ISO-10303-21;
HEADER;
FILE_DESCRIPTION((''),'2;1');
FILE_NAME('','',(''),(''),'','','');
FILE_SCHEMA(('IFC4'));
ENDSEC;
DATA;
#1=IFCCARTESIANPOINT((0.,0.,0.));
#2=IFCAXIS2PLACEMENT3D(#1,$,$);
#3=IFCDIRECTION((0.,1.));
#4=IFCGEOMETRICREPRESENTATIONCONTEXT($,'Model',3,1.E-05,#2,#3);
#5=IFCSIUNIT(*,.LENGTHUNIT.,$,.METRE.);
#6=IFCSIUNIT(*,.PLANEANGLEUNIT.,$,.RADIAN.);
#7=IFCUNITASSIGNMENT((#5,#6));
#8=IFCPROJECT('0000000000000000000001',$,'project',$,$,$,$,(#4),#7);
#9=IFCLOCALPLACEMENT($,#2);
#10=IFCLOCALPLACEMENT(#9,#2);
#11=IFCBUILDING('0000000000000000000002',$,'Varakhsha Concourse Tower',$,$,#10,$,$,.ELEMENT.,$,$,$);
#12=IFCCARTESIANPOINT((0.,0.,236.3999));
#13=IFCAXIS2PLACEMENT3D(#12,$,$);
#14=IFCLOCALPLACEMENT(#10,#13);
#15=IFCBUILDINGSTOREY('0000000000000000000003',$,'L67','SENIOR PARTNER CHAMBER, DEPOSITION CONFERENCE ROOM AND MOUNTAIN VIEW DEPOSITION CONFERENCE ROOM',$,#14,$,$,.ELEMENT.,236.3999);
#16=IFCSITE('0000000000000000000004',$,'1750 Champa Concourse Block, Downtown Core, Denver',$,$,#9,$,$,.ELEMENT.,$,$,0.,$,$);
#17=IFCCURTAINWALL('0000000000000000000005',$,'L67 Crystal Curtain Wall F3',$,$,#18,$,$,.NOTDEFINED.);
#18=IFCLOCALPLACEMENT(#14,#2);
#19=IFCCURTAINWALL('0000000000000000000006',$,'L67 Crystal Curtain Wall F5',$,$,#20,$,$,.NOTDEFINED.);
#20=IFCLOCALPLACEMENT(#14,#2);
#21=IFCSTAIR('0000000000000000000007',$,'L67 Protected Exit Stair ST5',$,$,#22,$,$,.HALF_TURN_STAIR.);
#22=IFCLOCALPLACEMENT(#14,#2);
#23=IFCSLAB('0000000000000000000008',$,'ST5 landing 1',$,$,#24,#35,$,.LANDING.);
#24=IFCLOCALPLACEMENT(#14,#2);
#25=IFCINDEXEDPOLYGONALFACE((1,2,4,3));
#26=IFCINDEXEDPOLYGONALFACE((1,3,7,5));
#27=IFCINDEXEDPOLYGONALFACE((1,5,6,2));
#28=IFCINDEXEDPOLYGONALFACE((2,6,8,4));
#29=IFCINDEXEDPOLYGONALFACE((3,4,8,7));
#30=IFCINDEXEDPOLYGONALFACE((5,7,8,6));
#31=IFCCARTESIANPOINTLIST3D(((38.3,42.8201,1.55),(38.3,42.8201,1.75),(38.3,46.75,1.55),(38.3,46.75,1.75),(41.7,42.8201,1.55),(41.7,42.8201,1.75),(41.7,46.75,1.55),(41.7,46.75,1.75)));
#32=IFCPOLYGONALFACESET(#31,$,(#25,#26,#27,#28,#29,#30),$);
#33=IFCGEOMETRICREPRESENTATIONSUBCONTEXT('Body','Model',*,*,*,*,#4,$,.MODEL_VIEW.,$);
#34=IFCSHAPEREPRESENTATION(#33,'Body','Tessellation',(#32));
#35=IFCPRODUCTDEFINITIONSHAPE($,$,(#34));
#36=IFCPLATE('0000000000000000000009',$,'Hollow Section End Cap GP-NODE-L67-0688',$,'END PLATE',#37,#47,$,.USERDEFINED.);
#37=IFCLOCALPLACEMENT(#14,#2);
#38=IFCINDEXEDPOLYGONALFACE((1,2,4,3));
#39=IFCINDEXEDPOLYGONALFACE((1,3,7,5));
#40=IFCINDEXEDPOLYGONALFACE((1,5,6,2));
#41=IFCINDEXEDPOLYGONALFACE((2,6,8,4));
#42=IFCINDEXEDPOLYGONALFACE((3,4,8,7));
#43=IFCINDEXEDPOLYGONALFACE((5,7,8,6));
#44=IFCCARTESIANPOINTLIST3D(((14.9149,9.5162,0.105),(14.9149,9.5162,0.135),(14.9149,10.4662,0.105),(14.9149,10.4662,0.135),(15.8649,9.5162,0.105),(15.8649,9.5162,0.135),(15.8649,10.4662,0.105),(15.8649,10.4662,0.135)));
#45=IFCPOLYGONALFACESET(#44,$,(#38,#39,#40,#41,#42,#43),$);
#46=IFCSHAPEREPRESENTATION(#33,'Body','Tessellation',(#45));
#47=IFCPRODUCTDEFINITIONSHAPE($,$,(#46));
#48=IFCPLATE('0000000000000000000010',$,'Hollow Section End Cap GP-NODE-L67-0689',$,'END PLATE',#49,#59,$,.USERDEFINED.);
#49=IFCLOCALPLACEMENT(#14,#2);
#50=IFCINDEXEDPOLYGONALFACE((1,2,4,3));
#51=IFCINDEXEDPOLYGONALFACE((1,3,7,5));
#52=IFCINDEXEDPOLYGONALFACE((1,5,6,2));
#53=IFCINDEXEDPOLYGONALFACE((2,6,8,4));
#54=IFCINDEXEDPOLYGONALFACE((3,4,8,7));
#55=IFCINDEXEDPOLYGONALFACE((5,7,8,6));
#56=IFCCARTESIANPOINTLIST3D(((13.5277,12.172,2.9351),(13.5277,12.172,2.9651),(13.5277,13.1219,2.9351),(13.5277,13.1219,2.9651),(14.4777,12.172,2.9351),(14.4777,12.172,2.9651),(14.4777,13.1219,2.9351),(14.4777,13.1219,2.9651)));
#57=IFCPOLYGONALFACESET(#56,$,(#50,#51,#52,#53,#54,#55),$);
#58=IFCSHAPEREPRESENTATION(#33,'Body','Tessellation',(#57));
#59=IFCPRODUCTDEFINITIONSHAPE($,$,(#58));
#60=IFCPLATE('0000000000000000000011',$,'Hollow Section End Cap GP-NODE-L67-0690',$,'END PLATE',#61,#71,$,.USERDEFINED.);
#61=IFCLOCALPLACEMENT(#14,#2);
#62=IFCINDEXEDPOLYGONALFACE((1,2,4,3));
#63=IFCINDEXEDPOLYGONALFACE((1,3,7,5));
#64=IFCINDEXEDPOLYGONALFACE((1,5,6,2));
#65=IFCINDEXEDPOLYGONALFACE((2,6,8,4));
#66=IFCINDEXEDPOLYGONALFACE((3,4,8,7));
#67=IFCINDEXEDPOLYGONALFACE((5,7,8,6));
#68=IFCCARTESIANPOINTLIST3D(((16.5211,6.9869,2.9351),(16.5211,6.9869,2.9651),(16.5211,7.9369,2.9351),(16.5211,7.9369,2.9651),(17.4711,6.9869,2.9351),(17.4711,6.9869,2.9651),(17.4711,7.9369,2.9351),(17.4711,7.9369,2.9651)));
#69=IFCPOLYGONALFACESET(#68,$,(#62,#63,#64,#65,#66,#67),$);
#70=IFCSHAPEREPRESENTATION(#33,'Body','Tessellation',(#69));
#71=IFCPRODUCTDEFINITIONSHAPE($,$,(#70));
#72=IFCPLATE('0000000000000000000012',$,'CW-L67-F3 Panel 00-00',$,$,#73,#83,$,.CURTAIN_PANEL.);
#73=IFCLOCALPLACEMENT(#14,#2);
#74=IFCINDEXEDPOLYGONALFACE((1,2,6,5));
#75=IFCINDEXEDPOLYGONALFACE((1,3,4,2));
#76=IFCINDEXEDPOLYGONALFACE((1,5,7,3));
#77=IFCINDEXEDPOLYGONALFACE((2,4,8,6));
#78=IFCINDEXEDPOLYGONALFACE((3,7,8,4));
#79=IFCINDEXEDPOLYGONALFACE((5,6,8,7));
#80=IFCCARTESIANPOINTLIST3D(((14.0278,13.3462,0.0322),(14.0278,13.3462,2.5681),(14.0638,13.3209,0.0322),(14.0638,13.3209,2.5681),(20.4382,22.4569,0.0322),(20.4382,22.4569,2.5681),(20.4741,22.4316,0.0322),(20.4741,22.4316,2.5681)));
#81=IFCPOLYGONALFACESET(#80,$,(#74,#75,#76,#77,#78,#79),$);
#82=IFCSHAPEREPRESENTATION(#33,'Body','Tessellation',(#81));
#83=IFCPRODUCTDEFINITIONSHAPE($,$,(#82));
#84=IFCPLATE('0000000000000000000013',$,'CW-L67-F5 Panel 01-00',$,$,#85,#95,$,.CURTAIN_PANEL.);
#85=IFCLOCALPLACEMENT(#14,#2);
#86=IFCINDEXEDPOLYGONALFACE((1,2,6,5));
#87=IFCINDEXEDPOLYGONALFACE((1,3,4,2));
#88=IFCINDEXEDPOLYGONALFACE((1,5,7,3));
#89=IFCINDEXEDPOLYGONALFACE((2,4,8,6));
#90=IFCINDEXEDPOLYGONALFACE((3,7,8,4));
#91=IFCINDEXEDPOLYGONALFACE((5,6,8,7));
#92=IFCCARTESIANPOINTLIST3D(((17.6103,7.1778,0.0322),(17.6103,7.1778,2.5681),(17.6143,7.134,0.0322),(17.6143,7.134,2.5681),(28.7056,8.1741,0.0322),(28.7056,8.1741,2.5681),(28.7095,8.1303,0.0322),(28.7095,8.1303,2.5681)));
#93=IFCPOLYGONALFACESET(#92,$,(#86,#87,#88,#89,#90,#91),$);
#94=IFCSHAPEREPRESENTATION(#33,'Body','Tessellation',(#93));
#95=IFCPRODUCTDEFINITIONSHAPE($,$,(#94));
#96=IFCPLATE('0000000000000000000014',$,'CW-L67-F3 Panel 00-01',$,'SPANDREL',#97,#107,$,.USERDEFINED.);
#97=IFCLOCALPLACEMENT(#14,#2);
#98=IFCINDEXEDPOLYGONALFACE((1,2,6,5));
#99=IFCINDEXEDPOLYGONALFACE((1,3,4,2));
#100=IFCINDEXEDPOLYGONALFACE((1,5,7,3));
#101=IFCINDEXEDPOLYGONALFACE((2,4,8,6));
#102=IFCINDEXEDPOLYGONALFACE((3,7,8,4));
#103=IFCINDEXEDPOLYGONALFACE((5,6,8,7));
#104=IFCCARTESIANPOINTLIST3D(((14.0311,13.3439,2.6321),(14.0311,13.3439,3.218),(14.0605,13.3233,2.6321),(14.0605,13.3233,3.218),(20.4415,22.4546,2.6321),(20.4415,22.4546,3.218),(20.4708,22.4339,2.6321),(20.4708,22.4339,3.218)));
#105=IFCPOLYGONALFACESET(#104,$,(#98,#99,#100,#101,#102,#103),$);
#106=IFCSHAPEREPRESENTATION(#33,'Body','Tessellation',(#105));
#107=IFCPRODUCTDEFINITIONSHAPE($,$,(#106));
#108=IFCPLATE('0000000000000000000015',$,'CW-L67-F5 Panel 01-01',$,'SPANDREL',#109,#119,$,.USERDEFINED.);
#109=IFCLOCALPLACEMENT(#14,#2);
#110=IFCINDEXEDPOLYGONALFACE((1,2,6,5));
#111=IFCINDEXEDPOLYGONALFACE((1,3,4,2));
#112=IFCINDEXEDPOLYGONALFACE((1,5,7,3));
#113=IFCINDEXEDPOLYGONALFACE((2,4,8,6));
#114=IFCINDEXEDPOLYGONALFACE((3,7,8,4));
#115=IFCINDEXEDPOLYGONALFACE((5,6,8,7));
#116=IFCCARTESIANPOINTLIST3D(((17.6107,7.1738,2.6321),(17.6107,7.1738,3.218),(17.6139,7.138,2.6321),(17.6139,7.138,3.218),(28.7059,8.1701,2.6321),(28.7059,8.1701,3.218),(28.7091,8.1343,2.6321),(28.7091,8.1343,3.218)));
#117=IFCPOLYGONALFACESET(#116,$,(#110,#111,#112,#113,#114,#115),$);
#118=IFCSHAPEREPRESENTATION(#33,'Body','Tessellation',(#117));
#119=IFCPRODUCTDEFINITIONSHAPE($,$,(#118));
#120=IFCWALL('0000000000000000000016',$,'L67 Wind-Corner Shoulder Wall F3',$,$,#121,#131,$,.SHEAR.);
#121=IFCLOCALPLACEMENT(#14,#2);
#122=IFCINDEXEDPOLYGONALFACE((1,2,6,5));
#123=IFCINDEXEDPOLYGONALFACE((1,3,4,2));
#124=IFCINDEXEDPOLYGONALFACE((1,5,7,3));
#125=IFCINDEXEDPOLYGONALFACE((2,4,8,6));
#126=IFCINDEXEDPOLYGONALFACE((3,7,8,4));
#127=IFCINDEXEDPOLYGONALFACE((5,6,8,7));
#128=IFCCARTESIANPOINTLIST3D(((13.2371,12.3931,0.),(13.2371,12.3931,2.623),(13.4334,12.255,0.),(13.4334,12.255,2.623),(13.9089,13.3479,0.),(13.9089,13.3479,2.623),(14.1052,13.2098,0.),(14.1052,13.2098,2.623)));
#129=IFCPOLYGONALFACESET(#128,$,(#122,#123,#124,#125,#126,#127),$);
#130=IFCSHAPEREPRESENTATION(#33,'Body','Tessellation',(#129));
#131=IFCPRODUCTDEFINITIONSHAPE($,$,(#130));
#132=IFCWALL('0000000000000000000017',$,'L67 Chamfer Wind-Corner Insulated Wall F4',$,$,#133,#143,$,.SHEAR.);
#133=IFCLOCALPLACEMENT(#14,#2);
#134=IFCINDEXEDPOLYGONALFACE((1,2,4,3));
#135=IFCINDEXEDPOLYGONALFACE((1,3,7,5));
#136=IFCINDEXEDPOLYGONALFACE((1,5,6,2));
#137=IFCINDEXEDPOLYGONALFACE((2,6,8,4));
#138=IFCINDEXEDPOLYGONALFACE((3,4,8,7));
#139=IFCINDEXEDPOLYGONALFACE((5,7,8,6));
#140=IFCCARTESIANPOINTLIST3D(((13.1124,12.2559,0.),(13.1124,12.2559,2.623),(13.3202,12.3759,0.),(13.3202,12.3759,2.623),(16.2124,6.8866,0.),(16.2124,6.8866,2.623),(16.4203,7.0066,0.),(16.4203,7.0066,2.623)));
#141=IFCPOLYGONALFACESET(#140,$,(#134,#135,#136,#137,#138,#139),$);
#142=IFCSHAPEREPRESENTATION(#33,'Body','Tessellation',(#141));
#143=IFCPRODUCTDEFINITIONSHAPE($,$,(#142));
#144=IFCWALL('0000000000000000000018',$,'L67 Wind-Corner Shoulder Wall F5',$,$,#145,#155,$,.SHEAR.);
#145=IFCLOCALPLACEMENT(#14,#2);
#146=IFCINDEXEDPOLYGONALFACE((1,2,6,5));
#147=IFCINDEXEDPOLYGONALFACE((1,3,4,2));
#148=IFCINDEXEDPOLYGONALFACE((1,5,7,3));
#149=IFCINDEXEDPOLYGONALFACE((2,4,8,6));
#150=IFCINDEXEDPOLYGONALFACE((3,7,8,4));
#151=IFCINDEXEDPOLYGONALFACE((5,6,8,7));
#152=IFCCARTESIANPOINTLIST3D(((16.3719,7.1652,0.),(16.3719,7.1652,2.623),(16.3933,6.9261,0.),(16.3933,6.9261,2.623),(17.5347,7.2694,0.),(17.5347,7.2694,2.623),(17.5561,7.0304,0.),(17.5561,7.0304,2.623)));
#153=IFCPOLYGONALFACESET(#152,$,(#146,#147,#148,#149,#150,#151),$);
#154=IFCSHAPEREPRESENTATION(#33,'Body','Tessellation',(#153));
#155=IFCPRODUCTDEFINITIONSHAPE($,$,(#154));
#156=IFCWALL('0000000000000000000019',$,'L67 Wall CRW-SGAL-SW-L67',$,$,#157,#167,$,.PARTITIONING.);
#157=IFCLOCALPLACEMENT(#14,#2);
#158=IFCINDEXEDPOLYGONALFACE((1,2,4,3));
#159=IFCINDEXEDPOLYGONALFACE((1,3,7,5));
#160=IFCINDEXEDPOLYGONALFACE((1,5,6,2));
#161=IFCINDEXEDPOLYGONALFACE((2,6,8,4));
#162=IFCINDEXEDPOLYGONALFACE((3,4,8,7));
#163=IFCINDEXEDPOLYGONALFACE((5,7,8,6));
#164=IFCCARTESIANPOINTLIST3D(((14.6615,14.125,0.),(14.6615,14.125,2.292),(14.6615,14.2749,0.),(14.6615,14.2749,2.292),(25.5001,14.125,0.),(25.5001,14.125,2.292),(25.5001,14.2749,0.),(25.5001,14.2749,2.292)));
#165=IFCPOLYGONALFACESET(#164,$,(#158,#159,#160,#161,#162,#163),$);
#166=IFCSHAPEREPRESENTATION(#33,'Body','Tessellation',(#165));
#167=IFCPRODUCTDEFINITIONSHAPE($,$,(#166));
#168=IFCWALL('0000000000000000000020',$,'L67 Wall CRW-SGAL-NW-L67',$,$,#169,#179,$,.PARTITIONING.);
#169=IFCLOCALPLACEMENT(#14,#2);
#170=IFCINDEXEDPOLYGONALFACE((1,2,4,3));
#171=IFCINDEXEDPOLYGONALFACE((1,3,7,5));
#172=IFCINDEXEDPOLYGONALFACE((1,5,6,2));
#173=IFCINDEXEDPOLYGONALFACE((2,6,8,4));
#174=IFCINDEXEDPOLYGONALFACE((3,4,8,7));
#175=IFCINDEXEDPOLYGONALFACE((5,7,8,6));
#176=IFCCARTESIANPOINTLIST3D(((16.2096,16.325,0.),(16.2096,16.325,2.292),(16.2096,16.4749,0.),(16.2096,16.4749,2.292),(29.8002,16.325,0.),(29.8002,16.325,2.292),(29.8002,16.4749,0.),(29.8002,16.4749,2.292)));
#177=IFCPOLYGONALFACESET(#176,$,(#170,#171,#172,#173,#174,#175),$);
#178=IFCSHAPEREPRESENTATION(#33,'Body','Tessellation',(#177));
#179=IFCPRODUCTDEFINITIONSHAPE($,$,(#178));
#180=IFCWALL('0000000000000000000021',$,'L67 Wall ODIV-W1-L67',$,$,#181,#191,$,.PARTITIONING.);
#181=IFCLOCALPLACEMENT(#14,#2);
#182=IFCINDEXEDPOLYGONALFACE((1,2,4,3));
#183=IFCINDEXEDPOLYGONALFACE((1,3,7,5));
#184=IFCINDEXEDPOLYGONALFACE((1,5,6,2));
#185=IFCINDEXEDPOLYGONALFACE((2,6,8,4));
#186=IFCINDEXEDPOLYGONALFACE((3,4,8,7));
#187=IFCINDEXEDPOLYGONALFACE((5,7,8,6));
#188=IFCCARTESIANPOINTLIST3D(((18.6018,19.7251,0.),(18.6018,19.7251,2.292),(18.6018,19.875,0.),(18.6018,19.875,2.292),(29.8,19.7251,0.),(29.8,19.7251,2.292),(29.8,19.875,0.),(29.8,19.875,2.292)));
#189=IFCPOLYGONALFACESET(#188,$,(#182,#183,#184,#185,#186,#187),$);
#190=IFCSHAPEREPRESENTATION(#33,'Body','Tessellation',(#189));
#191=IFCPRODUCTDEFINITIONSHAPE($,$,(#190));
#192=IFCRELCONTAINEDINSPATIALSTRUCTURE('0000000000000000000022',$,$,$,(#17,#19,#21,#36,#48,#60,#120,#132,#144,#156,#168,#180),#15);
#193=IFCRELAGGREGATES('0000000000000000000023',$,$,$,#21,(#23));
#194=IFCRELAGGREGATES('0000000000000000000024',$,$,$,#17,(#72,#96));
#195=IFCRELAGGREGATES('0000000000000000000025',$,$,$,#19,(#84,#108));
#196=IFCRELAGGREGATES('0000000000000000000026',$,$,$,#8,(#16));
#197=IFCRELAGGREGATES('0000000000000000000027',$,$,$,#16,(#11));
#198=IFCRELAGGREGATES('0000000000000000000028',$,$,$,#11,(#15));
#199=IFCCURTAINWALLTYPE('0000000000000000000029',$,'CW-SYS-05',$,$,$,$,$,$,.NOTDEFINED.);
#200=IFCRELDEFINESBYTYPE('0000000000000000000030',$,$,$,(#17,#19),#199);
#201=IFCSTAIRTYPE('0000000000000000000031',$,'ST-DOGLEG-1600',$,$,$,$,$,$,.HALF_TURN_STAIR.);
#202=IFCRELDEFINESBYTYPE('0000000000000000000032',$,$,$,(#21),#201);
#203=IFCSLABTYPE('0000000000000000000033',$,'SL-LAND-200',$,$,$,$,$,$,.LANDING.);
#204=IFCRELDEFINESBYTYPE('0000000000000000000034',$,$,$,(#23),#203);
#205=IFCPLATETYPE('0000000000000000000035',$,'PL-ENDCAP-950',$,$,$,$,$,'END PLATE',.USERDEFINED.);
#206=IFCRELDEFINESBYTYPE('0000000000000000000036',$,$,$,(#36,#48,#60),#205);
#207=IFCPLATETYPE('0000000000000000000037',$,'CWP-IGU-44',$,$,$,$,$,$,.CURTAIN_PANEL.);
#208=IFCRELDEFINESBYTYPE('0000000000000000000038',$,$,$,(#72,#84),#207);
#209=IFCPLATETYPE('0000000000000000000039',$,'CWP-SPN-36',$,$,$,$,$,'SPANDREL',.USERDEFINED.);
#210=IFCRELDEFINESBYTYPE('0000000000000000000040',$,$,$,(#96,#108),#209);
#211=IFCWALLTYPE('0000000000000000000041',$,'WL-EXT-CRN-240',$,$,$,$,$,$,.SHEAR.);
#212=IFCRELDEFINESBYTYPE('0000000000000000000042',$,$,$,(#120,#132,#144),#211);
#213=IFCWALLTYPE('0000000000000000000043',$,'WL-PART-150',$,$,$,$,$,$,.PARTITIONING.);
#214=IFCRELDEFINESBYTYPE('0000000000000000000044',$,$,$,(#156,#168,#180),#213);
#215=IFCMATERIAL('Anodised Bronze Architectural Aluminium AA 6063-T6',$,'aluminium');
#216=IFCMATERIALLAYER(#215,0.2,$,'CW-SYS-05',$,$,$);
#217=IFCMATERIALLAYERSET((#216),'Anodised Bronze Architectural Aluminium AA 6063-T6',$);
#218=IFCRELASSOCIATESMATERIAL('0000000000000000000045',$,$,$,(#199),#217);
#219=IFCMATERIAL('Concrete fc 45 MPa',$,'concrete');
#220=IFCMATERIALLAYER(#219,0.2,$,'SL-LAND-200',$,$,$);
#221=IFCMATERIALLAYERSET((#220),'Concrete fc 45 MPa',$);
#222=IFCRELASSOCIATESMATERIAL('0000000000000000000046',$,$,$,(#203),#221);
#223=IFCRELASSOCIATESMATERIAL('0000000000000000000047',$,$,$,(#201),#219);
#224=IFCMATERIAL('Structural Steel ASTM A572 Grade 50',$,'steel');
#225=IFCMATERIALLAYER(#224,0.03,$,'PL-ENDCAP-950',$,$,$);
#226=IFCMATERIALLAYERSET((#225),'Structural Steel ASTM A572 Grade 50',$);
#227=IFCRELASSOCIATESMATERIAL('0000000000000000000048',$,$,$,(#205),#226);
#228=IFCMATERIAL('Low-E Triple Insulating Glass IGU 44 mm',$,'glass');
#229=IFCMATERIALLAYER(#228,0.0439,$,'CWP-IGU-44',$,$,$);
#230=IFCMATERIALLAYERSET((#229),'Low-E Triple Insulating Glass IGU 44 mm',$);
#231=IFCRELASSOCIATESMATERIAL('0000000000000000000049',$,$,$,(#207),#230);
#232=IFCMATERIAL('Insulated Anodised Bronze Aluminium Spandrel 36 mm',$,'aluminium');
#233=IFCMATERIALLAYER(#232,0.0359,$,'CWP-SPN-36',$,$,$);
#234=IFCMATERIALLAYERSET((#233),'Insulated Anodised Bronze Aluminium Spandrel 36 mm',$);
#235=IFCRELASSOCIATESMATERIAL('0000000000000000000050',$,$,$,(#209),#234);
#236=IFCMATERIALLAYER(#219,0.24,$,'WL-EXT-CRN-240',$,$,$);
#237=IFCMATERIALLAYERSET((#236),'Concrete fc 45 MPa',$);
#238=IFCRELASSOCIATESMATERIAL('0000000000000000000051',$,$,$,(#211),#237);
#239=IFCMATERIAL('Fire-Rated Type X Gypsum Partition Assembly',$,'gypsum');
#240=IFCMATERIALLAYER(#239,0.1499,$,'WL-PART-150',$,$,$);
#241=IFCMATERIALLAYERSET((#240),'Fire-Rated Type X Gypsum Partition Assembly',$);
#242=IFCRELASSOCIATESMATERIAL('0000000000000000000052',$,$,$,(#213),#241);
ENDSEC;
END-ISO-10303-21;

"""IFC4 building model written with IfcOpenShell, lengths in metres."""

from ifc_helpers import new_model, si_unit, direction, frame, frame_2d, origin, origin_2d, place, context, subcontext, project, spatial, polyline, rectangle, outline, extrude, source, transform, mapped, material, layer, layer_set, type_object, type_shapes, element, aggregate, save


model = new_model("IFC4")

# Units and contexts
model_context = context("Model", 3, precision=1e-05, world=origin(), true_north=direction((0.0, 1.0)))
body_context = subcontext(model_context, "Body", "Model", "MODEL_VIEW")
ifc_project = project(units=[si_unit("LENGTHUNIT", "METRE"), si_unit("PLANEANGLEUNIT", "RADIAN")], contexts=[model_context])

# Site, building, storey
site_placement = place(None, origin())
site = spatial("IfcSite", under=ifc_project, at=site_placement, Name="1750 Champa Concourse Block, Downtown Core, Denver", CompositionType="ELEMENT", RefElevation=0.0)
building_placement = place(site_placement, origin())
building = spatial("IfcBuilding", under=site, at=building_placement, Name="Varakhsha Concourse Tower", CompositionType="ELEMENT")
storey_placement = place(building_placement, frame((0.0, 0.0, 236.3999)))
storey = spatial("IfcBuildingStorey", under=building, at=storey_placement, Name="L67", Description="SENIOR PARTNER CHAMBER, DEPOSITION CONFERENCE ROOM AND MOUNTAIN VIEW DEPOSITION CONFERENCE ROOM", CompositionType="ELEMENT", Elevation=236.3999)

# Shared definitions
ifc_material_1 = material(Name="Structural Steel ASTM A572 Grade 50", Category="steel")

# Curtain walls
ifc_material_2 = material(Name="Anodised Bronze Architectural Aluminium AA 6063-T6", Category="aluminium")
ifc_layer_1 = layer(ifc_material_2, 0.2, Name="CW-SYS-05")
ifc_layer_set_1 = layer_set([ifc_layer_1], Name="Anodised Bronze Architectural Aluminium AA 6063-T6")
curtain_wall_type = type_object("IfcCurtainWallType", Name="CW-SYS-05", PredefinedType="NOTDEFINED", material=ifc_layer_set_1)
curtain_wall_1_placement = place(storey_placement, origin())
curtain_wall_1 = element("IfcCurtainWall", 1, at=curtain_wall_1_placement, inside=storey, type_object=curtain_wall_type, Name="L67 Crystal Curtain Wall F3", PredefinedType="NOTDEFINED")
curtain_wall_2_placement = place(storey_placement, origin())
curtain_wall_2 = element("IfcCurtainWall", 2, at=curtain_wall_2_placement, inside=storey, type_object=curtain_wall_type, Name="L67 Crystal Curtain Wall F5", PredefinedType="NOTDEFINED")

# Shared definitions
ifc_material_3 = material(Name="Concrete fc 45 MPa", Category="concrete")

# Stair, slab
ifc_layer_2 = layer(ifc_material_3, 0.2, Name="SL-LAND-200")
ifc_layer_set_2 = layer_set([ifc_layer_2], Name="Concrete fc 45 MPa")
slab_type_1 = type_object("IfcSlabType", Name="SL-LAND-200", PredefinedType="LANDING", material=ifc_layer_set_2)
stair_type_1 = type_object("IfcStairType", Name="ST-DOGLEG-1600", PredefinedType="HALF_TURN_STAIR", material=ifc_material_3)
stair_1_placement = place(storey_placement, origin())
stair_1 = element("IfcStair", 3, at=stair_1_placement, inside=storey, type_object=stair_type_1, Name="L67 Protected Exit Stair ST5", PredefinedType="HALF_TURN_STAIR")
slab_1_placement = place(storey_placement, frame((0.0, 0.0, 1.55)))
slab_1 = element("IfcSlab", 4, at=slab_1_placement, type_object=slab_type_1, Name="ST5 landing 1", PredefinedType="LANDING", context=body_context, shape_type="SweptSolid", body=[
    extrude(outline(polyline([(41.7, 42.8201), (41.7, 46.75), (38.3, 46.75), (38.3, 42.8201), (41.7, 42.8201)])), origin(), (0.0, 0.0, 1.0), 0.2),
])
aggregate(stair_1, [slab_1])

# Plates
ifc_layer_3 = layer(ifc_material_1, 0.03, Name="PL-ENDCAP-950")
ifc_layer_set_3 = layer_set([ifc_layer_3], Name="Structural Steel ASTM A572 Grade 50")
plate_type_1 = type_object("IfcPlateType", Name="PL-ENDCAP-950", ElementType="END PLATE", PredefinedType="USERDEFINED", material=ifc_layer_set_3)
shared_shape_1 = source(origin(), body_context, "Body", "SweptSolid", [
    extrude(rectangle(XDim=0.95, YDim=0.95, at=origin_2d()), origin(), (0.0, 0.0, 1.0), 0.03),
])
type_shapes(plate_type_1, [shared_shape_1])
for number, where, z_axis, x_axis, name in (
    (5, (15.3899, 9.9912, 0.105), (0.0, 0.0, 1.0), (1.0, 0.0, 0.0), "Hollow Section End Cap GP-NODE-L67-0688"),
    (6, (14.0027, 12.647, 2.9351), (0.0, 0.0, 1.0), (1.0, 0.0, 0.0), "Hollow Section End Cap GP-NODE-L67-0689"),
    (7, (16.9961, 7.4619, 2.9351), (0.0, 0.0, 1.0), (1.0, 0.0, 0.0), "Hollow Section End Cap GP-NODE-L67-0690"),
):
    element("IfcPlate", number, at=place(storey_placement, frame(where, z_axis=z_axis, x_axis=x_axis)), inside=storey, type_object=plate_type_1, Name=name, ObjectType="END PLATE", PredefinedType="USERDEFINED", context=body_context, shape_type="MappedRepresentation", body=[
        mapped(shared_shape_1, transform((0.0, 0.0, 0.0), scale=1.0)),
    ])

# Plates
ifc_material_4 = material(Name="Low-E Triple Insulating Glass IGU 44 mm", Category="glass")
ifc_layer_4 = layer(ifc_material_4, 0.0439, Name="CWP-IGU-44")
ifc_layer_set_4 = layer_set([ifc_layer_4], Name="Low-E Triple Insulating Glass IGU 44 mm")
plate_type_2 = type_object("IfcPlateType", Name="CWP-IGU-44", PredefinedType="CURTAIN_PANEL", material=ifc_layer_set_4)
shared_shape_2 = source(origin(), body_context, "Body", "SweptSolid", [
    extrude(rectangle(XDim=11.1399, YDim=0.0439, at=origin_2d()), origin(), (0.0, 0.0, 1.0), 2.5359),
])
type_shapes(plate_type_2, [shared_shape_2])
plate_1_placement = place(storey_placement, frame((17.251, 17.8889, 0.0322), z_axis=(0.0, 0.0, 1.0), x_axis=(0.575444, 0.817842, 0.0)))
plate_1 = element("IfcPlate", 8, at=plate_1_placement, type_object=plate_type_2, Name="CW-L67-F3 Panel 00-00", PredefinedType="CURTAIN_PANEL", context=body_context, shape_type="MappedRepresentation", body=[
    mapped(shared_shape_2, transform((0.0, 0.0, 0.0), scale=1.0)),
])
plate_2_placement = place(storey_placement, frame((23.1599, 7.6541, 0.0322), z_axis=(0.0, 0.0, 1.0), x_axis=(-0.995993, -0.089433, 0.0)))
plate_2 = element("IfcPlate", 9, at=plate_2_placement, type_object=plate_type_2, Name="CW-L67-F5 Panel 01-00", PredefinedType="CURTAIN_PANEL", context=body_context, shape_type="MappedRepresentation", body=[
    mapped(shared_shape_2, transform((0.0, 0.0, 0.0), scale=1.0)),
])
ifc_material_5 = material(Name="Insulated Anodised Bronze Aluminium Spandrel 36 mm", Category="aluminium")
ifc_layer_5 = layer(ifc_material_5, 0.0359, Name="CWP-SPN-36")
ifc_layer_set_5 = layer_set([ifc_layer_5], Name="Insulated Anodised Bronze Aluminium Spandrel 36 mm")
plate_type_3 = type_object("IfcPlateType", Name="CWP-SPN-36", ElementType="SPANDREL", PredefinedType="USERDEFINED", material=ifc_layer_set_5)
shared_shape_3 = source(origin(), body_context, "Body", "SweptSolid", [
    extrude(rectangle(XDim=11.1399, YDim=0.0359, at=origin_2d()), origin(), (0.0, 0.0, 1.0), 0.5859),
])
type_shapes(plate_type_3, [shared_shape_3])
plate_3_placement = place(storey_placement, frame((17.251, 17.8889, 2.6321), z_axis=(0.0, 0.0, 1.0), x_axis=(0.575444, 0.817842, 0.0)))
plate_3 = element("IfcPlate", 10, at=plate_3_placement, type_object=plate_type_3, Name="CW-L67-F3 Panel 00-01", ObjectType="SPANDREL", PredefinedType="USERDEFINED", context=body_context, shape_type="MappedRepresentation", body=[
    mapped(shared_shape_3, transform((0.0, 0.0, 0.0), scale=1.0)),
])
aggregate(curtain_wall_1, [plate_1, plate_3])
plate_4_placement = place(storey_placement, frame((23.1599, 7.6541, 2.6321), z_axis=(0.0, 0.0, 1.0), x_axis=(-0.995993, -0.089433, 0.0)))
plate_4 = element("IfcPlate", 11, at=plate_4_placement, type_object=plate_type_3, Name="CW-L67-F5 Panel 01-01", ObjectType="SPANDREL", PredefinedType="USERDEFINED", context=body_context, shape_type="MappedRepresentation", body=[
    mapped(shared_shape_3, transform((0.0, 0.0, 0.0), scale=1.0)),
])
aggregate(curtain_wall_2, [plate_2, plate_4])

# Walls
ifc_layer_6 = layer(ifc_material_3, 0.24, Name="WL-EXT-CRN-240")
ifc_layer_set_6 = layer_set([ifc_layer_6], Name="Concrete fc 45 MPa")
wall_type_1 = type_object("IfcWallType", Name="WL-EXT-CRN-240", PredefinedType="SHEAR", material=ifc_layer_set_6)
wall_1_placement = place(storey_placement, frame((14.0071, 13.2788, 0.0), z_axis=(0.0, 0.0, 1.0), x_axis=(-0.575468, -0.817825, 0.0)))
element("IfcWall", 12, at=wall_1_placement, inside=storey, type_object=wall_type_1, Name="L67 Wind-Corner Shoulder Wall F3", PredefinedType="SHEAR", context=body_context, shape_type="SweptSolid", body=[
    extrude(rectangle(XDim=1.1675, YDim=0.24, at=frame_2d((0.5837, 0.0))), origin(), (0.0, 0.0, 1.0), 2.623),
])
wall_2_placement = place(storey_placement, frame((16.3164, 6.9465, 0.0), z_axis=(0.0, 0.0, 1.0), x_axis=(-0.50001, 0.86602, 0.0)))
element("IfcWall", 13, at=wall_2_placement, inside=storey, type_object=wall_type_1, Name="L67 Chamfer Wind-Corner Insulated Wall F4", PredefinedType="SHEAR", context=body_context, shape_type="SweptSolid", body=[
    extrude(rectangle(XDim=6.2, YDim=0.24, at=frame_2d((3.1001, 0.0))), origin(), (0.0, 0.0, 1.0), 2.623),
])
wall_3_placement = place(storey_placement, frame((16.3826, 7.0457, 0.0), z_axis=(0.0, 0.0, 1.0), x_axis=(0.996006, 0.089291, 0.0)))
element("IfcWall", 14, at=wall_3_placement, inside=storey, type_object=wall_type_1, Name="L67 Wind-Corner Shoulder Wall F5", PredefinedType="SHEAR", context=body_context, shape_type="SweptSolid", body=[
    extrude(rectangle(XDim=1.1675, YDim=0.24, at=frame_2d((0.5837, 0.0))), origin(), (0.0, 0.0, 1.0), 2.623),
])
ifc_material_6 = material(Name="Fire-Rated Type X Gypsum Partition Assembly", Category="gypsum")
ifc_layer_7 = layer(ifc_material_6, 0.1499, Name="WL-PART-150")
ifc_layer_set_7 = layer_set([ifc_layer_7], Name="Fire-Rated Type X Gypsum Partition Assembly")
wall_type_2 = type_object("IfcWallType", Name="WL-PART-150", PredefinedType="PARTITIONING", material=ifc_layer_set_7)
wall_4_placement = place(storey_placement, frame((14.6614, 14.2, 0.0), z_axis=(0.0, 0.0, 1.0), x_axis=(1.0, 0.0, 0.0)))
element("IfcWall", 15, at=wall_4_placement, inside=storey, type_object=wall_type_2, Name="L67 Wall CRW-SGAL-SW-L67", PredefinedType="PARTITIONING", context=body_context, shape_type="SweptSolid", body=[
    extrude(rectangle(XDim=10.8386, YDim=0.1499, at=frame_2d((5.4194, 0.0))), origin(), (0.0, 0.0, 1.0), 2.292),
])
wall_5_placement = place(storey_placement, frame((16.2095, 16.3999, 0.0), z_axis=(0.0, 0.0, 1.0), x_axis=(1.0, 0.0, 0.0)))
element("IfcWall", 16, at=wall_5_placement, inside=storey, type_object=wall_type_2, Name="L67 Wall CRW-SGAL-NW-L67", PredefinedType="PARTITIONING", context=body_context, shape_type="SweptSolid", body=[
    extrude(rectangle(XDim=13.5906, YDim=0.1499, at=frame_2d((6.7954, 0.0))), origin(), (0.0, 0.0, 1.0), 2.292),
])
wall_6_placement = place(storey_placement, frame((18.6018, 19.8, 0.0), z_axis=(0.0, 0.0, 1.0), x_axis=(1.0, 0.0, 0.0)))
element("IfcWall", 17, at=wall_6_placement, inside=storey, type_object=wall_type_2, Name="L67 Wall ODIV-W1-L67", PredefinedType="PARTITIONING", context=body_context, shape_type="SweptSolid", body=[
    extrude(rectangle(XDim=11.1982, YDim=0.1499, at=frame_2d((5.5991, 0.0))), origin(), (0.0, 0.0, 1.0), 2.292),
])

save(model, "model.ifc")
